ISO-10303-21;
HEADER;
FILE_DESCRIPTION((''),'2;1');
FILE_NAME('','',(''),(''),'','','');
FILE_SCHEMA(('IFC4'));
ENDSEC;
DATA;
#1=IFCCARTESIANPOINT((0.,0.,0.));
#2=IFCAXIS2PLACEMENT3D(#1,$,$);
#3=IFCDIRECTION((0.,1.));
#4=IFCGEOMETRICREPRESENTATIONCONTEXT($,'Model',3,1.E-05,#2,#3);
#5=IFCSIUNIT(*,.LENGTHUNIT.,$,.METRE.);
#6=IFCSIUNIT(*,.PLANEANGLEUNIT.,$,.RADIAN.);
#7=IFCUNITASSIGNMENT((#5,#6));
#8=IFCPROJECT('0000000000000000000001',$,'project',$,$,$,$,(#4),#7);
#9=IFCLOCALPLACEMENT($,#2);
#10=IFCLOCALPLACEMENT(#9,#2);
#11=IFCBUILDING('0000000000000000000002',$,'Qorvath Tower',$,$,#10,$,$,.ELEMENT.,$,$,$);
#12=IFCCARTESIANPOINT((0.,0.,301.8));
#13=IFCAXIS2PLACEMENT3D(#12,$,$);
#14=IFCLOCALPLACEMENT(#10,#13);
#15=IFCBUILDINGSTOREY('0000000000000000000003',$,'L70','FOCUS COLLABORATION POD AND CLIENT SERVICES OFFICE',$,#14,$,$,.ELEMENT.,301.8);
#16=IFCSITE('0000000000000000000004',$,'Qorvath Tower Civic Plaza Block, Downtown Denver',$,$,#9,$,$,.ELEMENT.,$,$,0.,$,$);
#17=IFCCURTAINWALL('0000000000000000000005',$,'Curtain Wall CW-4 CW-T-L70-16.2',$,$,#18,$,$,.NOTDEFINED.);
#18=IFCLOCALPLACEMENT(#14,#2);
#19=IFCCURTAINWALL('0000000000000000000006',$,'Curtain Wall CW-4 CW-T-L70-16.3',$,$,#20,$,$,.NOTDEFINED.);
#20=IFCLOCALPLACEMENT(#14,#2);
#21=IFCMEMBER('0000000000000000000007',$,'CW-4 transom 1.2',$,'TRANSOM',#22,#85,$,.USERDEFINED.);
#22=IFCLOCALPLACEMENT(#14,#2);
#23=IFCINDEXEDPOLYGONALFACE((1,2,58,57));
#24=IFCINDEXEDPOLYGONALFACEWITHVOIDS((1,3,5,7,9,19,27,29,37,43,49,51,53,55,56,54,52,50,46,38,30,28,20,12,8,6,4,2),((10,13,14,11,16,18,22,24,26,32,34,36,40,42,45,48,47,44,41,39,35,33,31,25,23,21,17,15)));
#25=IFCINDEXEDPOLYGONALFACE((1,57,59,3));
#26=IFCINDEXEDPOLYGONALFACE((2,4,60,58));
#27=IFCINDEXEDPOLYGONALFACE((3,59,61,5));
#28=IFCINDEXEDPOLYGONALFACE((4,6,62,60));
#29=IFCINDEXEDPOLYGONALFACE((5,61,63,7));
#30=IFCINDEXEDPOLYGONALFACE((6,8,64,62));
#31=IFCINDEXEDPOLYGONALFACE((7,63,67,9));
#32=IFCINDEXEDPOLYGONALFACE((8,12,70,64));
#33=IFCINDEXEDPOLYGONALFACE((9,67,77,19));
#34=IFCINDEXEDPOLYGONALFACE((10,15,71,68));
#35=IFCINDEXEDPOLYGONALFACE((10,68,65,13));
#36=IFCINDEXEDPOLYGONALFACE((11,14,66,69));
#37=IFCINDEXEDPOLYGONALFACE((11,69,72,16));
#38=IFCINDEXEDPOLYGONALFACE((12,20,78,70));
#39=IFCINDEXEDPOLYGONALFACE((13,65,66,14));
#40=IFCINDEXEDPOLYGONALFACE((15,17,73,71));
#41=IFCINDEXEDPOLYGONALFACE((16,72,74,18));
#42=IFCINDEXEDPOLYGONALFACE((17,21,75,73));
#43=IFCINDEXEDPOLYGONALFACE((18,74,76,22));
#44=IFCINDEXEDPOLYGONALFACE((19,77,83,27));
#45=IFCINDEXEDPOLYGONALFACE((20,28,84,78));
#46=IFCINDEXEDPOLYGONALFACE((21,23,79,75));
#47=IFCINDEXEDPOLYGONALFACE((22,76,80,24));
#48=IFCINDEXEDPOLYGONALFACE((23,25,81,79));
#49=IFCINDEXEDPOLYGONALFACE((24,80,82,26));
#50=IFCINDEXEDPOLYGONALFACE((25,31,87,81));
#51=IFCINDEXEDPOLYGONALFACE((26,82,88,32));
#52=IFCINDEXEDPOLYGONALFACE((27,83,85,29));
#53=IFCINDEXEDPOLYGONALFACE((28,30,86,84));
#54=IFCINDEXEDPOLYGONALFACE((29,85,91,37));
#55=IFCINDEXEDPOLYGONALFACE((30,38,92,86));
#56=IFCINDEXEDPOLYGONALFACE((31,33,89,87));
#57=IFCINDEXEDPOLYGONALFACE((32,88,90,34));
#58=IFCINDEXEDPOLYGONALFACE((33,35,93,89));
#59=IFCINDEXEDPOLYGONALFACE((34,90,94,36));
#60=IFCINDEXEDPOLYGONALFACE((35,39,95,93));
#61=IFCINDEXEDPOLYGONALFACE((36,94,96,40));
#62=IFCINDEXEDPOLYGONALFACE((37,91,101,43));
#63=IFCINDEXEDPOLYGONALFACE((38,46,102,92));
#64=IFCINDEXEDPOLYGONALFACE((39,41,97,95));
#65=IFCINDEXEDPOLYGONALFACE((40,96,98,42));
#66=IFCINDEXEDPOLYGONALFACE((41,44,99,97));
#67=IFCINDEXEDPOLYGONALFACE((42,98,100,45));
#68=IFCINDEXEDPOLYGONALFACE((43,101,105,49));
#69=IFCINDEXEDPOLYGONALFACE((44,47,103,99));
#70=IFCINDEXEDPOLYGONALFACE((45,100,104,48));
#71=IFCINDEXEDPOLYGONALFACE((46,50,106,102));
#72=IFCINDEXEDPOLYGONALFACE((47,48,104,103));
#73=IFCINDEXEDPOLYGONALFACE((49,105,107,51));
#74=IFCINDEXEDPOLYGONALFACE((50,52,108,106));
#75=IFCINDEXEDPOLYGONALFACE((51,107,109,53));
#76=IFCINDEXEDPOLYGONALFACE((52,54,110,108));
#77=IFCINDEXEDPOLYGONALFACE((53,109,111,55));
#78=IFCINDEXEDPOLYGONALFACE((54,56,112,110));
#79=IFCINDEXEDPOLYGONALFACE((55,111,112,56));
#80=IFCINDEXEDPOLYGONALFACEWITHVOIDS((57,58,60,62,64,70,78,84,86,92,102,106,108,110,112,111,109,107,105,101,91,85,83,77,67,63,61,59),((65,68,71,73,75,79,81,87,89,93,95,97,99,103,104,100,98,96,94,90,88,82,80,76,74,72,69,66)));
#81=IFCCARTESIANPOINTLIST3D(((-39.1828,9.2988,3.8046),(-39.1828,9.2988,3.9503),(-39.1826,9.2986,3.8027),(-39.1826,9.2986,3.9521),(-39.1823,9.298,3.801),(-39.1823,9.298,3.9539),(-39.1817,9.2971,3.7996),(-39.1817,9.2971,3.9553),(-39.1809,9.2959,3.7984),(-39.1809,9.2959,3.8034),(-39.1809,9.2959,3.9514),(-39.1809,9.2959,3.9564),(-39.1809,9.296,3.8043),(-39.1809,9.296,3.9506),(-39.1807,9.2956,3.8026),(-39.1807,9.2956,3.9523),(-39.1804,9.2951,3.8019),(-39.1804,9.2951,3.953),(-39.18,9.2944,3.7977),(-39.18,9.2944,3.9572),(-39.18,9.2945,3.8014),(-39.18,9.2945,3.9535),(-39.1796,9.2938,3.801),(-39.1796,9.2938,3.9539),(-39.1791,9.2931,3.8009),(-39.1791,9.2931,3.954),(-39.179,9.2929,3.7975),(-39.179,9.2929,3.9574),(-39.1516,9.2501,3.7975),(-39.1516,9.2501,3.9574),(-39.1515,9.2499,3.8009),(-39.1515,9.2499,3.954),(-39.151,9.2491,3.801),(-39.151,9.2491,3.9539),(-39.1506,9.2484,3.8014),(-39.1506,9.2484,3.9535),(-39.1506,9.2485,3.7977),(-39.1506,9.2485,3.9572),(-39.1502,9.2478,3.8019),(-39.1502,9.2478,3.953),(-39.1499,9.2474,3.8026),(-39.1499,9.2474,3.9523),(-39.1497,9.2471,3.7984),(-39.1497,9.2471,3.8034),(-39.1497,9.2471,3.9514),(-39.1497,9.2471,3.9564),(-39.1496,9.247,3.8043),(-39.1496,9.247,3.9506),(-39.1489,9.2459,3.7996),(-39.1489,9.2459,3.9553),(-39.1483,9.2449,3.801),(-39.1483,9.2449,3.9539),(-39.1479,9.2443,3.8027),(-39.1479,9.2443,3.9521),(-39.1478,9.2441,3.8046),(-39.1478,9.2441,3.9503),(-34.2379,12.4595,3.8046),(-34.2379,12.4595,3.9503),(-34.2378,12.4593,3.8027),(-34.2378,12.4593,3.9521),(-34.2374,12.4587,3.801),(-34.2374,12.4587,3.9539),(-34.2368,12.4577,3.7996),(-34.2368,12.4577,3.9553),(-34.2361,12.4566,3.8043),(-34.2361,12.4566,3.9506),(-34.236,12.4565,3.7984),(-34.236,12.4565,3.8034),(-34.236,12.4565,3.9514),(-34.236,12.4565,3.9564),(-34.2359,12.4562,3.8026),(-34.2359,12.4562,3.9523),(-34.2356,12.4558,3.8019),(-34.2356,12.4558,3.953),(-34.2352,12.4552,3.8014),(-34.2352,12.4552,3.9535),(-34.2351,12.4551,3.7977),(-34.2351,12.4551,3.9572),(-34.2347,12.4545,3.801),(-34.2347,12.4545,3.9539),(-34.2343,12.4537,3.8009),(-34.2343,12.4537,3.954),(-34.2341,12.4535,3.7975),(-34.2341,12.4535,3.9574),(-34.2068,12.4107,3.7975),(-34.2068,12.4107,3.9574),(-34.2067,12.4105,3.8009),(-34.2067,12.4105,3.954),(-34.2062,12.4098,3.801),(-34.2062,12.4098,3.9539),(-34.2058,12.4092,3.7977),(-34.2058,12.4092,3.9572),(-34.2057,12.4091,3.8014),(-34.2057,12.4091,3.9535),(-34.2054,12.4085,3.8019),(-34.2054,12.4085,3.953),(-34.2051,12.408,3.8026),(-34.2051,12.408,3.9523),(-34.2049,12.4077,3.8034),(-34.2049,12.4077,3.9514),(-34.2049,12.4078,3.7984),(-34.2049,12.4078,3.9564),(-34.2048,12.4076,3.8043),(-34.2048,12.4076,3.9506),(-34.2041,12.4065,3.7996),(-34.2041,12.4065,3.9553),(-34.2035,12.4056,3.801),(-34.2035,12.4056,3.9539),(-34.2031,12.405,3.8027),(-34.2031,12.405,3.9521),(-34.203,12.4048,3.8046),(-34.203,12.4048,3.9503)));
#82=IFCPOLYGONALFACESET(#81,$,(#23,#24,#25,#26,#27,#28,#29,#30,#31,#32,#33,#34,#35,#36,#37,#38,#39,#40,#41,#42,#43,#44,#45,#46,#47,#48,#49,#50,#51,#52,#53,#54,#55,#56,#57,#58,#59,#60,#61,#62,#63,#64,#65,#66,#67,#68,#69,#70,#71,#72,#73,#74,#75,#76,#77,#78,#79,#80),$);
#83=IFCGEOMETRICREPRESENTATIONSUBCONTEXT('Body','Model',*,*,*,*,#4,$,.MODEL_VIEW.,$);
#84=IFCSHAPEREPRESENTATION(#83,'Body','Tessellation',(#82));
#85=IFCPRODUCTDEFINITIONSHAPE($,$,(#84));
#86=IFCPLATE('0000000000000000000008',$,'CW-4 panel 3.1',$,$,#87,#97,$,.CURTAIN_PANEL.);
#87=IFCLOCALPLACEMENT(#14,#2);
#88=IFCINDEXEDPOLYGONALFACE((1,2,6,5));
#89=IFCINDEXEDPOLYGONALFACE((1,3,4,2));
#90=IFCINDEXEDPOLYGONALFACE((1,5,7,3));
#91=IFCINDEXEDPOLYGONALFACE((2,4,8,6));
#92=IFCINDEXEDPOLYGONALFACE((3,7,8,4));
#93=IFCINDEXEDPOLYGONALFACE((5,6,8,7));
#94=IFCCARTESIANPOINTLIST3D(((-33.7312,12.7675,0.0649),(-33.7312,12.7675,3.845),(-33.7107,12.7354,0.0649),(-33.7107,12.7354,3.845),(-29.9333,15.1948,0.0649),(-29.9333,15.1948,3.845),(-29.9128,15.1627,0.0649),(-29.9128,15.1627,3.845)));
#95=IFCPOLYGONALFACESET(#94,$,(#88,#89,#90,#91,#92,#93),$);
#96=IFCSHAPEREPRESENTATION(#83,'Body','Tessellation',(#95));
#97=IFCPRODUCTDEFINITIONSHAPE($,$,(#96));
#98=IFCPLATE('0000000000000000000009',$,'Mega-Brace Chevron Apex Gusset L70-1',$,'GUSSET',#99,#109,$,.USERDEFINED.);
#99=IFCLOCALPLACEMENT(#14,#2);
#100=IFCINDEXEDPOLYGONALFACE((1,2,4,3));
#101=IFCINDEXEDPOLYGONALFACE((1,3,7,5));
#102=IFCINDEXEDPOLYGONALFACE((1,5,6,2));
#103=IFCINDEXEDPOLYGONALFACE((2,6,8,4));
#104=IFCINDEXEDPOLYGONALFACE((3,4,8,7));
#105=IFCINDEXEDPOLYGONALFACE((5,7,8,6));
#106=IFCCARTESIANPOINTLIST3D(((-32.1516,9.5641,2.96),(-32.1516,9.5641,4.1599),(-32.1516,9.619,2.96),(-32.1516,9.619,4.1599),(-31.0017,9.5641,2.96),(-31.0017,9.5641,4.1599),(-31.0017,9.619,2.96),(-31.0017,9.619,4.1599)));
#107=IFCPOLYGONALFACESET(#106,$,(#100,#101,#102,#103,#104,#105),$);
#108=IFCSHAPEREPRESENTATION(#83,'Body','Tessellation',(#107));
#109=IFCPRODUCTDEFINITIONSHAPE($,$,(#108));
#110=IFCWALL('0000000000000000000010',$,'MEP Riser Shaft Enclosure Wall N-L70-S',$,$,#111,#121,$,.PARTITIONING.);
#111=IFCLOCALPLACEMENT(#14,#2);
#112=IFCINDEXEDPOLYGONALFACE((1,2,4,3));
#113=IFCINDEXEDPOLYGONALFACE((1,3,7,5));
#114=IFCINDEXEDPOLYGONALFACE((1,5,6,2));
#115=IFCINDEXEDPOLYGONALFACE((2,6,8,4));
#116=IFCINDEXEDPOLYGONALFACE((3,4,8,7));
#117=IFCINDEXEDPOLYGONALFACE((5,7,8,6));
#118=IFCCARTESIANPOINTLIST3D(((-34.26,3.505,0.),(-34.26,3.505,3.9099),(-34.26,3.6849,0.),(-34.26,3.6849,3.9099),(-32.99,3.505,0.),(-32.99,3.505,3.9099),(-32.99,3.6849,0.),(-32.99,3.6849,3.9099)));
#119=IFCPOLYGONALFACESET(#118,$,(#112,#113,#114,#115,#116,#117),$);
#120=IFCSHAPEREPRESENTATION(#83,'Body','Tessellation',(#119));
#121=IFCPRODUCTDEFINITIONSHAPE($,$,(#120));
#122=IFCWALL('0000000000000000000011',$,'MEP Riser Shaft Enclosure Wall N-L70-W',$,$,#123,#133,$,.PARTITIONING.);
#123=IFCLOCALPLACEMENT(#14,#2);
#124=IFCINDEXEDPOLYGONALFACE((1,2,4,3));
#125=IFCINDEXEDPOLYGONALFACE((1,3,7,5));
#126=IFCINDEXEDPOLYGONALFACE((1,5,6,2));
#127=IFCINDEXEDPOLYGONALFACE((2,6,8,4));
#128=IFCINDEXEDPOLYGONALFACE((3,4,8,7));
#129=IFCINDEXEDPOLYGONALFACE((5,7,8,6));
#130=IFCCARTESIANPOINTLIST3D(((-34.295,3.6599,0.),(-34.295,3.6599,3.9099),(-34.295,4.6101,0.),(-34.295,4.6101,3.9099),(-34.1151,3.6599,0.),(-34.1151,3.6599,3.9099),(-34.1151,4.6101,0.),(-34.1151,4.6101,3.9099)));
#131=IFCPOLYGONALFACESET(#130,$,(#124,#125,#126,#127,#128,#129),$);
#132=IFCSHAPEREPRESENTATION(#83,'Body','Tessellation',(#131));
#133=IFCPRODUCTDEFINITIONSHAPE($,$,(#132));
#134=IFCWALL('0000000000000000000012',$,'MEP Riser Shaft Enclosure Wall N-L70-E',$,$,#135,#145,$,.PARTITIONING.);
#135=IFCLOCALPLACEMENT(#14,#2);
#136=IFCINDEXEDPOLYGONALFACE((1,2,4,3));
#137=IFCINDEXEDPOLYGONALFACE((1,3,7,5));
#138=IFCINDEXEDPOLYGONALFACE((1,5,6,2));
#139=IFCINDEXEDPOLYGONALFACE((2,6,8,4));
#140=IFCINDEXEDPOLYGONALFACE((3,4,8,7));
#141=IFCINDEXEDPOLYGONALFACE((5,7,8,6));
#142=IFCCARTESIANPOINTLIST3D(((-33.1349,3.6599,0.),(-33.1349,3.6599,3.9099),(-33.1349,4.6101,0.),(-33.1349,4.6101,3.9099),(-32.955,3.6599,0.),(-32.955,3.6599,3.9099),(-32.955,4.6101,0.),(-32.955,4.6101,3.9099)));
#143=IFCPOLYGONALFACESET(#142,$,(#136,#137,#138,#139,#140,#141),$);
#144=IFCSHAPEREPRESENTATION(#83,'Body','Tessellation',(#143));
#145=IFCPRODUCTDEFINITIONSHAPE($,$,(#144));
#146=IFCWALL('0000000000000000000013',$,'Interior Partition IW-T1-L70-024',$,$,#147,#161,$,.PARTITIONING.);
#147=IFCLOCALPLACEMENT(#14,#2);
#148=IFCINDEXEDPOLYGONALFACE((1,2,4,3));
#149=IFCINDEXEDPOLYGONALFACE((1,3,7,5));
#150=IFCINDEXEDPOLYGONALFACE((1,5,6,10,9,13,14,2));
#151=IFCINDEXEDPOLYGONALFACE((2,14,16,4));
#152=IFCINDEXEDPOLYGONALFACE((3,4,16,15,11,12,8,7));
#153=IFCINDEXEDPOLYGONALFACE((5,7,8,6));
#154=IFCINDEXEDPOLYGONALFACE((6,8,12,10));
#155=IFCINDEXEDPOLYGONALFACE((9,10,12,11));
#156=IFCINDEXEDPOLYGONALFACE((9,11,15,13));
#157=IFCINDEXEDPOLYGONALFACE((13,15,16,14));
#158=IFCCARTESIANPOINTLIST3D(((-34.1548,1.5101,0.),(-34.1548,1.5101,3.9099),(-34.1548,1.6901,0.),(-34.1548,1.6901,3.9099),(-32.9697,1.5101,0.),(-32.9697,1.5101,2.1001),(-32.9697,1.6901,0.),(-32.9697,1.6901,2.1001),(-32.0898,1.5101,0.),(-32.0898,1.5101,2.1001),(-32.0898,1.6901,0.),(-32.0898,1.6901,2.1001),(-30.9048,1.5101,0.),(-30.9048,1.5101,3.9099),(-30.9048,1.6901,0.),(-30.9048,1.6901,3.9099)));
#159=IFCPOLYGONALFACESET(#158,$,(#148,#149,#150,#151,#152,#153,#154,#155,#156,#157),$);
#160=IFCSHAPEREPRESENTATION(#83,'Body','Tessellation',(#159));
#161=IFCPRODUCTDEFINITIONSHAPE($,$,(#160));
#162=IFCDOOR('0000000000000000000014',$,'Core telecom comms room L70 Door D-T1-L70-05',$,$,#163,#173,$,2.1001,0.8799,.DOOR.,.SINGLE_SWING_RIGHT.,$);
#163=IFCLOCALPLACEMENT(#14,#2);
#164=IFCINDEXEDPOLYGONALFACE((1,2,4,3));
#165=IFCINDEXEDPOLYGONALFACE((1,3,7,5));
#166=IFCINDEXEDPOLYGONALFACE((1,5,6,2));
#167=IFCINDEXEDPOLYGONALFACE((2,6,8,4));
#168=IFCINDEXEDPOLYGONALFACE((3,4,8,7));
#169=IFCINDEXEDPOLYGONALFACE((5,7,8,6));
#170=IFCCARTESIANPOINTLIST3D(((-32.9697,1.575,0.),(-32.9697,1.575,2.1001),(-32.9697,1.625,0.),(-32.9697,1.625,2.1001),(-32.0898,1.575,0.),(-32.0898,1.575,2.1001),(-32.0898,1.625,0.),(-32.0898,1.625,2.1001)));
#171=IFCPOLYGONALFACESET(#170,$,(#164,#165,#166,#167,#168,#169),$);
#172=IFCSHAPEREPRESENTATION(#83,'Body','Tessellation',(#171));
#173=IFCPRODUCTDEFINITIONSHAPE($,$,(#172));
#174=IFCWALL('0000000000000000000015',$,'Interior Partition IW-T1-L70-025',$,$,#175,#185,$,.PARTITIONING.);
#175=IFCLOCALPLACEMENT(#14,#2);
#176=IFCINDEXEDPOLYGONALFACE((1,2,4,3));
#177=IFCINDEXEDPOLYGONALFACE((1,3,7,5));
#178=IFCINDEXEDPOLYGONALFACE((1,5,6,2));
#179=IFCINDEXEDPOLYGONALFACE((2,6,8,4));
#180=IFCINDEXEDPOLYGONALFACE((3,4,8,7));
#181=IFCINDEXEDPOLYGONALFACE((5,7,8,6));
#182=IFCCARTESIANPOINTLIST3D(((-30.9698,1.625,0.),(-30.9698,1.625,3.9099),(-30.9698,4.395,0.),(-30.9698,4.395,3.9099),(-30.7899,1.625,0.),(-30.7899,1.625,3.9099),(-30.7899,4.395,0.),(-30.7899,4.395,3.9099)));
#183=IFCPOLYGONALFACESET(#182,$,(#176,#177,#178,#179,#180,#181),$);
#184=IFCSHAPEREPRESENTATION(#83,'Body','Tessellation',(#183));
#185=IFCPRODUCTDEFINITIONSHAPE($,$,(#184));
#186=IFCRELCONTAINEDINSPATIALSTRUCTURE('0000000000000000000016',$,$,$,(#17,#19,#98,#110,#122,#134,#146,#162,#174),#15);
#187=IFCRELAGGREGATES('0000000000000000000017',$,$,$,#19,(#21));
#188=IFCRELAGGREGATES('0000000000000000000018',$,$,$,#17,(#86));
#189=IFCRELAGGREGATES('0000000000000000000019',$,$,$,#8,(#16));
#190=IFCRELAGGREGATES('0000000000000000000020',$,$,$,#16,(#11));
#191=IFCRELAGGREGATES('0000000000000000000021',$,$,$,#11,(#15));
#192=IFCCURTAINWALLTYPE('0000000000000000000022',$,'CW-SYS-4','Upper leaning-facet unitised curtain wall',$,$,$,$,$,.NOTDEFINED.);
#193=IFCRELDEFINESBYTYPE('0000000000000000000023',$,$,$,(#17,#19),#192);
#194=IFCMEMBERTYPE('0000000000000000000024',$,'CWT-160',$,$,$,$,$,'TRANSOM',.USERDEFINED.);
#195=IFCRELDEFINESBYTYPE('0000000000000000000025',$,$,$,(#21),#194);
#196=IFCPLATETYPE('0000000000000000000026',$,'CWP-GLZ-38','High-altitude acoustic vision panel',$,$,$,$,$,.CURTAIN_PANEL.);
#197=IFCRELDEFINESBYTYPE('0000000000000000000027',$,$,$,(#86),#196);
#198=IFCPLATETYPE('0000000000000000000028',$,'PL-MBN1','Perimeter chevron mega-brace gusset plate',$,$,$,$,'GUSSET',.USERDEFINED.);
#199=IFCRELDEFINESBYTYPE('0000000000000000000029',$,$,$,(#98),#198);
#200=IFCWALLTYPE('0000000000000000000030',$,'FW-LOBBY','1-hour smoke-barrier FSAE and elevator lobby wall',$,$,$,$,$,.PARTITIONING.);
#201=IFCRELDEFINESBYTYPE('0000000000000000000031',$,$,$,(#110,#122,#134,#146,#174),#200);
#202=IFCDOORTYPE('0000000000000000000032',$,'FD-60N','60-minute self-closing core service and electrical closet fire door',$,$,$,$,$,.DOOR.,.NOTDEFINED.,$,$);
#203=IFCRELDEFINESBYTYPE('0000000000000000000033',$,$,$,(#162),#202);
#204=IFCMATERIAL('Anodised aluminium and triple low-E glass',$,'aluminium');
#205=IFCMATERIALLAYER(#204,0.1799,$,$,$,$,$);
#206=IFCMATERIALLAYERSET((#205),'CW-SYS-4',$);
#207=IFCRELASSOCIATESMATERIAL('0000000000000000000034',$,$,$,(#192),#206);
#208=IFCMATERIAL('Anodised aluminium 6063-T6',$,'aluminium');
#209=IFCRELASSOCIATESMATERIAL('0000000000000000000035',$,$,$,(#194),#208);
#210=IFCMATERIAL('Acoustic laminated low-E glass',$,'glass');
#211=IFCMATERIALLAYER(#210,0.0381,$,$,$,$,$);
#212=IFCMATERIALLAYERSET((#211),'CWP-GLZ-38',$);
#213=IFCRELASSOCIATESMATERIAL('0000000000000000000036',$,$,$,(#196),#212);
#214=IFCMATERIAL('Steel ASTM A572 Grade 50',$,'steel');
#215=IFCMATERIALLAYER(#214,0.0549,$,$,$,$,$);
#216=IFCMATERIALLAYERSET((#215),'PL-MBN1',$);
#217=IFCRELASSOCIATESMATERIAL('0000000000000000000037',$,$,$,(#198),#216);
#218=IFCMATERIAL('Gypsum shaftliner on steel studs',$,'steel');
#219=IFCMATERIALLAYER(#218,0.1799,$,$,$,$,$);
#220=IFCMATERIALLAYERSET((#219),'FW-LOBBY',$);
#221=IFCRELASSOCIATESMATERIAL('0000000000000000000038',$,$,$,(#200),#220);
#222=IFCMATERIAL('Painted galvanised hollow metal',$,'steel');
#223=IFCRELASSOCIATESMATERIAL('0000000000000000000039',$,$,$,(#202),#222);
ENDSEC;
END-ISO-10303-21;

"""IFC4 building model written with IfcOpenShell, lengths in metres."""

from ifc_helpers import new_model, si_unit, direction, frame, frame_2d, origin, origin_2d, place, context, subcontext, project, spatial, rectangle, hollow_rectangle, extrude, material, layer, layer_set, material_profile, profile_set, type_object, element, fill, aggregate, save


model = new_model("IFC4")

# Units and contexts
model_context = context("Model", 3, precision=1e-05, world=origin(), true_north=direction((0.0, 1.0)))
body_context = subcontext(model_context, "Body", "Model", "MODEL_VIEW")
ifc_project = project(units=[si_unit("LENGTHUNIT", "METRE"), si_unit("PLANEANGLEUNIT", "RADIAN")], contexts=[model_context])

# Site, building, storey
site_placement = place(None, origin())
site = spatial("IfcSite", under=ifc_project, at=site_placement, Name="Qorvath Tower Civic Plaza Block, Downtown Denver", CompositionType="ELEMENT", RefElevation=0.0)
building_placement = place(site_placement, origin())
building = spatial("IfcBuilding", under=site, at=building_placement, Name="Qorvath Tower", CompositionType="ELEMENT")
storey_placement = place(building_placement, frame((0.0, 0.0, 301.8)))
storey = spatial("IfcBuildingStorey", under=building, at=storey_placement, Name="L70", Description="FOCUS COLLABORATION POD AND CLIENT SERVICES OFFICE", CompositionType="ELEMENT", Elevation=301.8)

# Curtain walls
ifc_material_1 = material(Name="Anodised aluminium and triple low-E glass", Category="aluminium")
ifc_layer_1 = layer(ifc_material_1, 0.1799)
ifc_layer_set_1 = layer_set([ifc_layer_1], Name="CW-SYS-4")
curtain_wall_type = type_object("IfcCurtainWallType", Name="CW-SYS-4", Description="Upper leaning-facet unitised curtain wall", PredefinedType="NOTDEFINED", material=ifc_layer_set_1)
curtain_wall_1_placement = place(storey_placement, origin())
curtain_wall_1 = element("IfcCurtainWall", 1, at=curtain_wall_1_placement, inside=storey, type_object=curtain_wall_type, Name="Curtain Wall CW-4 CW-T-L70-16.2", PredefinedType="NOTDEFINED")
curtain_wall_2_placement = place(storey_placement, origin())
curtain_wall_2 = element("IfcCurtainWall", 2, at=curtain_wall_2_placement, inside=storey, type_object=curtain_wall_type, Name="Curtain Wall CW-4 CW-T-L70-16.3", PredefinedType="NOTDEFINED")

# Member
ifc_material_2 = material(Name="Anodised aluminium 6063-T6", Category="aluminium")
ifc_material_profile_1 = material_profile(ifc_material_2, hollow_rectangle(XDim=0.0649, YDim=0.1599, WallThickness=0.0034, InnerFilletRadius=0.0034, OuterFilletRadius=0.0071, at=origin_2d()), Name="CWT 160x65")
ifc_profile_set_1 = profile_set([ifc_material_profile_1], Name="Anodised aluminium 6063-T6")
member_type_1 = type_object("IfcMemberType", Name="CWT-160", ElementType="TRANSOM", PredefinedType="USERDEFINED", material=ifc_profile_set_1)
member_1_placement = place(storey_placement, frame((-34.2205, 12.4321, 3.8774), z_axis=(-0.842584, -0.538565, 0.0), x_axis=(0.538565, -0.842584, 0.0)))
member_1 = element("IfcMember", 3, at=member_1_placement, type_object=member_type_1, Name="CW-4 transom 1.2", ObjectType="TRANSOM", PredefinedType="USERDEFINED", context=body_context, shape_type="SweptSolid", body=[
    extrude(hollow_rectangle(XDim=0.0649, YDim=0.1599, WallThickness=0.0034, InnerFilletRadius=0.0034, OuterFilletRadius=0.0071, at=origin_2d()), origin(), (0.0, 0.0, 1.0), 5.8687),
])
aggregate(curtain_wall_2, [member_1])

# Plates
ifc_material_3 = material(Name="Acoustic laminated low-E glass", Category="glass")
ifc_layer_2 = layer(ifc_material_3, 0.0381)
ifc_layer_set_2 = layer_set([ifc_layer_2], Name="CWP-GLZ-38")
plate_type_1 = type_object("IfcPlateType", Name="CWP-GLZ-38", Description="High-altitude acoustic vision panel", PredefinedType="CURTAIN_PANEL", material=ifc_layer_set_2)
plate_1_placement = place(storey_placement, frame((-31.822, 13.9651, 0.0649), z_axis=(0.0, 0.0, 1.0), x_axis=(-0.842604, -0.538534, 0.0)))
plate_1 = element("IfcPlate", 4, at=plate_1_placement, type_object=plate_type_1, Name="CW-4 panel 3.1", PredefinedType="CURTAIN_PANEL", context=body_context, shape_type="SweptSolid", body=[
    extrude(rectangle(XDim=4.5073, YDim=0.0381, at=origin_2d()), origin(), (0.0, 0.0, 1.0), 3.78),
])
aggregate(curtain_wall_1, [plate_1])
ifc_material_4 = material(Name="Steel ASTM A572 Grade 50", Category="steel")
ifc_layer_3 = layer(ifc_material_4, 0.0549)
ifc_layer_set_3 = layer_set([ifc_layer_3], Name="PL-MBN1")
plate_type_2 = type_object("IfcPlateType", Name="PL-MBN1", Description="Perimeter chevron mega-brace gusset plate", ElementType="GUSSET", PredefinedType="USERDEFINED", material=ifc_layer_set_3)
plate_2_placement = place(storey_placement, frame((-31.5767, 9.5916, 2.96), z_axis=(0.0, 0.0, 1.0), x_axis=(1.0, 0.0, 0.0)))
element("IfcPlate", 5, at=plate_2_placement, inside=storey, type_object=plate_type_2, Name="Mega-Brace Chevron Apex Gusset L70-1", ObjectType="GUSSET", PredefinedType="USERDEFINED", context=body_context, shape_type="SweptSolid", body=[
    extrude(rectangle(XDim=1.1499, YDim=0.0549, at=origin_2d()), origin(), (0.0, 0.0, 1.0), 1.2),
])

# Walls
ifc_material_5 = material(Name="Gypsum shaftliner on steel studs", Category="steel")
ifc_layer_4 = layer(ifc_material_5, 0.1799)
ifc_layer_set_4 = layer_set([ifc_layer_4], Name="FW-LOBBY")
wall_type_1 = type_object("IfcWallType", Name="FW-LOBBY", Description="1-hour smoke-barrier FSAE and elevator lobby wall", PredefinedType="PARTITIONING", material=ifc_layer_set_4)
wall_1_placement = place(storey_placement, frame((-32.99, 3.595, 0.0), z_axis=(0.0, 0.0, 1.0), x_axis=(-1.0, 0.0, 0.0)))
element("IfcWall", 6, at=wall_1_placement, inside=storey, type_object=wall_type_1, Name="MEP Riser Shaft Enclosure Wall N-L70-S", PredefinedType="PARTITIONING", context=body_context, shape_type="SweptSolid", body=[
    extrude(rectangle(XDim=1.27, YDim=0.1799, at=frame_2d((0.635, 0.0))), origin(), (0.0, 0.0, 1.0), 3.9099),
])
for number, where, z_axis, x_axis, name in (
    (7, (-34.2051, 3.6599, 0.0), (0.0, 0.0, 1.0), (0.0, 1.0, 0.0), "MEP Riser Shaft Enclosure Wall N-L70-W"),
    (8, (-33.0449, 4.6101, 0.0), (0.0, 0.0, 1.0), (0.0, -1.0, 0.0), "MEP Riser Shaft Enclosure Wall N-L70-E"),
):
    element("IfcWall", number, at=place(storey_placement, frame(where, z_axis=z_axis, x_axis=x_axis)), inside=storey, type_object=wall_type_1, Name=name, PredefinedType="PARTITIONING", context=body_context, shape_type="SweptSolid", body=[
        extrude(rectangle(XDim=0.9502, YDim=0.1799, at=frame_2d((0.4751, 0.0))), origin(), (0.0, 0.0, 1.0), 3.9099),
    ])

# Wall, opening, door
wall_2_placement = place(storey_placement, frame((-34.1548, 1.6001, 0.0), z_axis=(0.0, 0.0, 1.0), x_axis=(1.0, 0.0, 0.0)))
wall_2 = element("IfcWall", 9, at=wall_2_placement, inside=storey, type_object=wall_type_1, Name="Interior Partition IW-T1-L70-024", PredefinedType="PARTITIONING", context=body_context, shape_type="SweptSolid", body=[
    extrude(rectangle(XDim=3.25, YDim=0.1799, at=frame_2d((1.625, 0.0))), origin(), (0.0, 0.0, 1.0), 3.9099),
])
opening_1_placement = place(wall_2_placement, frame((1.1851, 0.0, 0.0)))
opening_1 = element("IfcOpeningElement", 10, at=opening_1_placement, cuts=wall_2, PredefinedType="OPENING", context=body_context, shape_type="SweptSolid", body=[
    extrude(rectangle(XDim=0.8799, YDim=2.1001, at=frame_2d((0.4399, 1.05))), frame((0.0, 0.1001, 0.0), z_axis=(0.0, -1.0, 0.0), x_axis=(1.0, 0.0, 0.0)), (0.0, 0.0, 1.0), 0.2),
])
ifc_material_6 = material(Name="Painted galvanised hollow metal", Category="steel")
door_type_1 = type_object("IfcDoorType", Name="FD-60N", Description="60-minute self-closing core service and electrical closet fire door", OperationType="NOTDEFINED", PredefinedType="DOOR", material=ifc_material_6)
door_1_placement = place(opening_1_placement, origin())
door_1 = element("IfcDoor", 11, at=door_1_placement, inside=storey, type_object=door_type_1, Name="Core telecom comms room L70 Door D-T1-L70-05", OperationType="SINGLE_SWING_RIGHT", OverallHeight=2.1001, OverallWidth=0.8799, PredefinedType="DOOR", context=body_context, shape_type="SweptSolid", body=[
    extrude(rectangle(XDim=0.8799, YDim=2.1001, at=frame_2d((0.4399, 1.05))), frame((0.0, 0.0249, 0.0), z_axis=(0.0, -1.0, 0.0), x_axis=(1.0, 0.0, 0.0)), (0.0, 0.0, 1.0), 0.05),
])
fill(opening_1, door_1)

# Wall
wall_3_placement = place(storey_placement, frame((-30.8799, 1.625, 0.0), z_axis=(0.0, 0.0, 1.0), x_axis=(0.0, 1.0, 0.0)))
element("IfcWall", 12, at=wall_3_placement, inside=storey, type_object=wall_type_1, Name="Interior Partition IW-T1-L70-025", PredefinedType="PARTITIONING", context=body_context, shape_type="SweptSolid", body=[
    extrude(rectangle(XDim=2.77, YDim=0.1799, at=frame_2d((1.385, 0.0))), origin(), (0.0, 0.0, 1.0), 3.9099),
])

save(model, "model.ifc")
